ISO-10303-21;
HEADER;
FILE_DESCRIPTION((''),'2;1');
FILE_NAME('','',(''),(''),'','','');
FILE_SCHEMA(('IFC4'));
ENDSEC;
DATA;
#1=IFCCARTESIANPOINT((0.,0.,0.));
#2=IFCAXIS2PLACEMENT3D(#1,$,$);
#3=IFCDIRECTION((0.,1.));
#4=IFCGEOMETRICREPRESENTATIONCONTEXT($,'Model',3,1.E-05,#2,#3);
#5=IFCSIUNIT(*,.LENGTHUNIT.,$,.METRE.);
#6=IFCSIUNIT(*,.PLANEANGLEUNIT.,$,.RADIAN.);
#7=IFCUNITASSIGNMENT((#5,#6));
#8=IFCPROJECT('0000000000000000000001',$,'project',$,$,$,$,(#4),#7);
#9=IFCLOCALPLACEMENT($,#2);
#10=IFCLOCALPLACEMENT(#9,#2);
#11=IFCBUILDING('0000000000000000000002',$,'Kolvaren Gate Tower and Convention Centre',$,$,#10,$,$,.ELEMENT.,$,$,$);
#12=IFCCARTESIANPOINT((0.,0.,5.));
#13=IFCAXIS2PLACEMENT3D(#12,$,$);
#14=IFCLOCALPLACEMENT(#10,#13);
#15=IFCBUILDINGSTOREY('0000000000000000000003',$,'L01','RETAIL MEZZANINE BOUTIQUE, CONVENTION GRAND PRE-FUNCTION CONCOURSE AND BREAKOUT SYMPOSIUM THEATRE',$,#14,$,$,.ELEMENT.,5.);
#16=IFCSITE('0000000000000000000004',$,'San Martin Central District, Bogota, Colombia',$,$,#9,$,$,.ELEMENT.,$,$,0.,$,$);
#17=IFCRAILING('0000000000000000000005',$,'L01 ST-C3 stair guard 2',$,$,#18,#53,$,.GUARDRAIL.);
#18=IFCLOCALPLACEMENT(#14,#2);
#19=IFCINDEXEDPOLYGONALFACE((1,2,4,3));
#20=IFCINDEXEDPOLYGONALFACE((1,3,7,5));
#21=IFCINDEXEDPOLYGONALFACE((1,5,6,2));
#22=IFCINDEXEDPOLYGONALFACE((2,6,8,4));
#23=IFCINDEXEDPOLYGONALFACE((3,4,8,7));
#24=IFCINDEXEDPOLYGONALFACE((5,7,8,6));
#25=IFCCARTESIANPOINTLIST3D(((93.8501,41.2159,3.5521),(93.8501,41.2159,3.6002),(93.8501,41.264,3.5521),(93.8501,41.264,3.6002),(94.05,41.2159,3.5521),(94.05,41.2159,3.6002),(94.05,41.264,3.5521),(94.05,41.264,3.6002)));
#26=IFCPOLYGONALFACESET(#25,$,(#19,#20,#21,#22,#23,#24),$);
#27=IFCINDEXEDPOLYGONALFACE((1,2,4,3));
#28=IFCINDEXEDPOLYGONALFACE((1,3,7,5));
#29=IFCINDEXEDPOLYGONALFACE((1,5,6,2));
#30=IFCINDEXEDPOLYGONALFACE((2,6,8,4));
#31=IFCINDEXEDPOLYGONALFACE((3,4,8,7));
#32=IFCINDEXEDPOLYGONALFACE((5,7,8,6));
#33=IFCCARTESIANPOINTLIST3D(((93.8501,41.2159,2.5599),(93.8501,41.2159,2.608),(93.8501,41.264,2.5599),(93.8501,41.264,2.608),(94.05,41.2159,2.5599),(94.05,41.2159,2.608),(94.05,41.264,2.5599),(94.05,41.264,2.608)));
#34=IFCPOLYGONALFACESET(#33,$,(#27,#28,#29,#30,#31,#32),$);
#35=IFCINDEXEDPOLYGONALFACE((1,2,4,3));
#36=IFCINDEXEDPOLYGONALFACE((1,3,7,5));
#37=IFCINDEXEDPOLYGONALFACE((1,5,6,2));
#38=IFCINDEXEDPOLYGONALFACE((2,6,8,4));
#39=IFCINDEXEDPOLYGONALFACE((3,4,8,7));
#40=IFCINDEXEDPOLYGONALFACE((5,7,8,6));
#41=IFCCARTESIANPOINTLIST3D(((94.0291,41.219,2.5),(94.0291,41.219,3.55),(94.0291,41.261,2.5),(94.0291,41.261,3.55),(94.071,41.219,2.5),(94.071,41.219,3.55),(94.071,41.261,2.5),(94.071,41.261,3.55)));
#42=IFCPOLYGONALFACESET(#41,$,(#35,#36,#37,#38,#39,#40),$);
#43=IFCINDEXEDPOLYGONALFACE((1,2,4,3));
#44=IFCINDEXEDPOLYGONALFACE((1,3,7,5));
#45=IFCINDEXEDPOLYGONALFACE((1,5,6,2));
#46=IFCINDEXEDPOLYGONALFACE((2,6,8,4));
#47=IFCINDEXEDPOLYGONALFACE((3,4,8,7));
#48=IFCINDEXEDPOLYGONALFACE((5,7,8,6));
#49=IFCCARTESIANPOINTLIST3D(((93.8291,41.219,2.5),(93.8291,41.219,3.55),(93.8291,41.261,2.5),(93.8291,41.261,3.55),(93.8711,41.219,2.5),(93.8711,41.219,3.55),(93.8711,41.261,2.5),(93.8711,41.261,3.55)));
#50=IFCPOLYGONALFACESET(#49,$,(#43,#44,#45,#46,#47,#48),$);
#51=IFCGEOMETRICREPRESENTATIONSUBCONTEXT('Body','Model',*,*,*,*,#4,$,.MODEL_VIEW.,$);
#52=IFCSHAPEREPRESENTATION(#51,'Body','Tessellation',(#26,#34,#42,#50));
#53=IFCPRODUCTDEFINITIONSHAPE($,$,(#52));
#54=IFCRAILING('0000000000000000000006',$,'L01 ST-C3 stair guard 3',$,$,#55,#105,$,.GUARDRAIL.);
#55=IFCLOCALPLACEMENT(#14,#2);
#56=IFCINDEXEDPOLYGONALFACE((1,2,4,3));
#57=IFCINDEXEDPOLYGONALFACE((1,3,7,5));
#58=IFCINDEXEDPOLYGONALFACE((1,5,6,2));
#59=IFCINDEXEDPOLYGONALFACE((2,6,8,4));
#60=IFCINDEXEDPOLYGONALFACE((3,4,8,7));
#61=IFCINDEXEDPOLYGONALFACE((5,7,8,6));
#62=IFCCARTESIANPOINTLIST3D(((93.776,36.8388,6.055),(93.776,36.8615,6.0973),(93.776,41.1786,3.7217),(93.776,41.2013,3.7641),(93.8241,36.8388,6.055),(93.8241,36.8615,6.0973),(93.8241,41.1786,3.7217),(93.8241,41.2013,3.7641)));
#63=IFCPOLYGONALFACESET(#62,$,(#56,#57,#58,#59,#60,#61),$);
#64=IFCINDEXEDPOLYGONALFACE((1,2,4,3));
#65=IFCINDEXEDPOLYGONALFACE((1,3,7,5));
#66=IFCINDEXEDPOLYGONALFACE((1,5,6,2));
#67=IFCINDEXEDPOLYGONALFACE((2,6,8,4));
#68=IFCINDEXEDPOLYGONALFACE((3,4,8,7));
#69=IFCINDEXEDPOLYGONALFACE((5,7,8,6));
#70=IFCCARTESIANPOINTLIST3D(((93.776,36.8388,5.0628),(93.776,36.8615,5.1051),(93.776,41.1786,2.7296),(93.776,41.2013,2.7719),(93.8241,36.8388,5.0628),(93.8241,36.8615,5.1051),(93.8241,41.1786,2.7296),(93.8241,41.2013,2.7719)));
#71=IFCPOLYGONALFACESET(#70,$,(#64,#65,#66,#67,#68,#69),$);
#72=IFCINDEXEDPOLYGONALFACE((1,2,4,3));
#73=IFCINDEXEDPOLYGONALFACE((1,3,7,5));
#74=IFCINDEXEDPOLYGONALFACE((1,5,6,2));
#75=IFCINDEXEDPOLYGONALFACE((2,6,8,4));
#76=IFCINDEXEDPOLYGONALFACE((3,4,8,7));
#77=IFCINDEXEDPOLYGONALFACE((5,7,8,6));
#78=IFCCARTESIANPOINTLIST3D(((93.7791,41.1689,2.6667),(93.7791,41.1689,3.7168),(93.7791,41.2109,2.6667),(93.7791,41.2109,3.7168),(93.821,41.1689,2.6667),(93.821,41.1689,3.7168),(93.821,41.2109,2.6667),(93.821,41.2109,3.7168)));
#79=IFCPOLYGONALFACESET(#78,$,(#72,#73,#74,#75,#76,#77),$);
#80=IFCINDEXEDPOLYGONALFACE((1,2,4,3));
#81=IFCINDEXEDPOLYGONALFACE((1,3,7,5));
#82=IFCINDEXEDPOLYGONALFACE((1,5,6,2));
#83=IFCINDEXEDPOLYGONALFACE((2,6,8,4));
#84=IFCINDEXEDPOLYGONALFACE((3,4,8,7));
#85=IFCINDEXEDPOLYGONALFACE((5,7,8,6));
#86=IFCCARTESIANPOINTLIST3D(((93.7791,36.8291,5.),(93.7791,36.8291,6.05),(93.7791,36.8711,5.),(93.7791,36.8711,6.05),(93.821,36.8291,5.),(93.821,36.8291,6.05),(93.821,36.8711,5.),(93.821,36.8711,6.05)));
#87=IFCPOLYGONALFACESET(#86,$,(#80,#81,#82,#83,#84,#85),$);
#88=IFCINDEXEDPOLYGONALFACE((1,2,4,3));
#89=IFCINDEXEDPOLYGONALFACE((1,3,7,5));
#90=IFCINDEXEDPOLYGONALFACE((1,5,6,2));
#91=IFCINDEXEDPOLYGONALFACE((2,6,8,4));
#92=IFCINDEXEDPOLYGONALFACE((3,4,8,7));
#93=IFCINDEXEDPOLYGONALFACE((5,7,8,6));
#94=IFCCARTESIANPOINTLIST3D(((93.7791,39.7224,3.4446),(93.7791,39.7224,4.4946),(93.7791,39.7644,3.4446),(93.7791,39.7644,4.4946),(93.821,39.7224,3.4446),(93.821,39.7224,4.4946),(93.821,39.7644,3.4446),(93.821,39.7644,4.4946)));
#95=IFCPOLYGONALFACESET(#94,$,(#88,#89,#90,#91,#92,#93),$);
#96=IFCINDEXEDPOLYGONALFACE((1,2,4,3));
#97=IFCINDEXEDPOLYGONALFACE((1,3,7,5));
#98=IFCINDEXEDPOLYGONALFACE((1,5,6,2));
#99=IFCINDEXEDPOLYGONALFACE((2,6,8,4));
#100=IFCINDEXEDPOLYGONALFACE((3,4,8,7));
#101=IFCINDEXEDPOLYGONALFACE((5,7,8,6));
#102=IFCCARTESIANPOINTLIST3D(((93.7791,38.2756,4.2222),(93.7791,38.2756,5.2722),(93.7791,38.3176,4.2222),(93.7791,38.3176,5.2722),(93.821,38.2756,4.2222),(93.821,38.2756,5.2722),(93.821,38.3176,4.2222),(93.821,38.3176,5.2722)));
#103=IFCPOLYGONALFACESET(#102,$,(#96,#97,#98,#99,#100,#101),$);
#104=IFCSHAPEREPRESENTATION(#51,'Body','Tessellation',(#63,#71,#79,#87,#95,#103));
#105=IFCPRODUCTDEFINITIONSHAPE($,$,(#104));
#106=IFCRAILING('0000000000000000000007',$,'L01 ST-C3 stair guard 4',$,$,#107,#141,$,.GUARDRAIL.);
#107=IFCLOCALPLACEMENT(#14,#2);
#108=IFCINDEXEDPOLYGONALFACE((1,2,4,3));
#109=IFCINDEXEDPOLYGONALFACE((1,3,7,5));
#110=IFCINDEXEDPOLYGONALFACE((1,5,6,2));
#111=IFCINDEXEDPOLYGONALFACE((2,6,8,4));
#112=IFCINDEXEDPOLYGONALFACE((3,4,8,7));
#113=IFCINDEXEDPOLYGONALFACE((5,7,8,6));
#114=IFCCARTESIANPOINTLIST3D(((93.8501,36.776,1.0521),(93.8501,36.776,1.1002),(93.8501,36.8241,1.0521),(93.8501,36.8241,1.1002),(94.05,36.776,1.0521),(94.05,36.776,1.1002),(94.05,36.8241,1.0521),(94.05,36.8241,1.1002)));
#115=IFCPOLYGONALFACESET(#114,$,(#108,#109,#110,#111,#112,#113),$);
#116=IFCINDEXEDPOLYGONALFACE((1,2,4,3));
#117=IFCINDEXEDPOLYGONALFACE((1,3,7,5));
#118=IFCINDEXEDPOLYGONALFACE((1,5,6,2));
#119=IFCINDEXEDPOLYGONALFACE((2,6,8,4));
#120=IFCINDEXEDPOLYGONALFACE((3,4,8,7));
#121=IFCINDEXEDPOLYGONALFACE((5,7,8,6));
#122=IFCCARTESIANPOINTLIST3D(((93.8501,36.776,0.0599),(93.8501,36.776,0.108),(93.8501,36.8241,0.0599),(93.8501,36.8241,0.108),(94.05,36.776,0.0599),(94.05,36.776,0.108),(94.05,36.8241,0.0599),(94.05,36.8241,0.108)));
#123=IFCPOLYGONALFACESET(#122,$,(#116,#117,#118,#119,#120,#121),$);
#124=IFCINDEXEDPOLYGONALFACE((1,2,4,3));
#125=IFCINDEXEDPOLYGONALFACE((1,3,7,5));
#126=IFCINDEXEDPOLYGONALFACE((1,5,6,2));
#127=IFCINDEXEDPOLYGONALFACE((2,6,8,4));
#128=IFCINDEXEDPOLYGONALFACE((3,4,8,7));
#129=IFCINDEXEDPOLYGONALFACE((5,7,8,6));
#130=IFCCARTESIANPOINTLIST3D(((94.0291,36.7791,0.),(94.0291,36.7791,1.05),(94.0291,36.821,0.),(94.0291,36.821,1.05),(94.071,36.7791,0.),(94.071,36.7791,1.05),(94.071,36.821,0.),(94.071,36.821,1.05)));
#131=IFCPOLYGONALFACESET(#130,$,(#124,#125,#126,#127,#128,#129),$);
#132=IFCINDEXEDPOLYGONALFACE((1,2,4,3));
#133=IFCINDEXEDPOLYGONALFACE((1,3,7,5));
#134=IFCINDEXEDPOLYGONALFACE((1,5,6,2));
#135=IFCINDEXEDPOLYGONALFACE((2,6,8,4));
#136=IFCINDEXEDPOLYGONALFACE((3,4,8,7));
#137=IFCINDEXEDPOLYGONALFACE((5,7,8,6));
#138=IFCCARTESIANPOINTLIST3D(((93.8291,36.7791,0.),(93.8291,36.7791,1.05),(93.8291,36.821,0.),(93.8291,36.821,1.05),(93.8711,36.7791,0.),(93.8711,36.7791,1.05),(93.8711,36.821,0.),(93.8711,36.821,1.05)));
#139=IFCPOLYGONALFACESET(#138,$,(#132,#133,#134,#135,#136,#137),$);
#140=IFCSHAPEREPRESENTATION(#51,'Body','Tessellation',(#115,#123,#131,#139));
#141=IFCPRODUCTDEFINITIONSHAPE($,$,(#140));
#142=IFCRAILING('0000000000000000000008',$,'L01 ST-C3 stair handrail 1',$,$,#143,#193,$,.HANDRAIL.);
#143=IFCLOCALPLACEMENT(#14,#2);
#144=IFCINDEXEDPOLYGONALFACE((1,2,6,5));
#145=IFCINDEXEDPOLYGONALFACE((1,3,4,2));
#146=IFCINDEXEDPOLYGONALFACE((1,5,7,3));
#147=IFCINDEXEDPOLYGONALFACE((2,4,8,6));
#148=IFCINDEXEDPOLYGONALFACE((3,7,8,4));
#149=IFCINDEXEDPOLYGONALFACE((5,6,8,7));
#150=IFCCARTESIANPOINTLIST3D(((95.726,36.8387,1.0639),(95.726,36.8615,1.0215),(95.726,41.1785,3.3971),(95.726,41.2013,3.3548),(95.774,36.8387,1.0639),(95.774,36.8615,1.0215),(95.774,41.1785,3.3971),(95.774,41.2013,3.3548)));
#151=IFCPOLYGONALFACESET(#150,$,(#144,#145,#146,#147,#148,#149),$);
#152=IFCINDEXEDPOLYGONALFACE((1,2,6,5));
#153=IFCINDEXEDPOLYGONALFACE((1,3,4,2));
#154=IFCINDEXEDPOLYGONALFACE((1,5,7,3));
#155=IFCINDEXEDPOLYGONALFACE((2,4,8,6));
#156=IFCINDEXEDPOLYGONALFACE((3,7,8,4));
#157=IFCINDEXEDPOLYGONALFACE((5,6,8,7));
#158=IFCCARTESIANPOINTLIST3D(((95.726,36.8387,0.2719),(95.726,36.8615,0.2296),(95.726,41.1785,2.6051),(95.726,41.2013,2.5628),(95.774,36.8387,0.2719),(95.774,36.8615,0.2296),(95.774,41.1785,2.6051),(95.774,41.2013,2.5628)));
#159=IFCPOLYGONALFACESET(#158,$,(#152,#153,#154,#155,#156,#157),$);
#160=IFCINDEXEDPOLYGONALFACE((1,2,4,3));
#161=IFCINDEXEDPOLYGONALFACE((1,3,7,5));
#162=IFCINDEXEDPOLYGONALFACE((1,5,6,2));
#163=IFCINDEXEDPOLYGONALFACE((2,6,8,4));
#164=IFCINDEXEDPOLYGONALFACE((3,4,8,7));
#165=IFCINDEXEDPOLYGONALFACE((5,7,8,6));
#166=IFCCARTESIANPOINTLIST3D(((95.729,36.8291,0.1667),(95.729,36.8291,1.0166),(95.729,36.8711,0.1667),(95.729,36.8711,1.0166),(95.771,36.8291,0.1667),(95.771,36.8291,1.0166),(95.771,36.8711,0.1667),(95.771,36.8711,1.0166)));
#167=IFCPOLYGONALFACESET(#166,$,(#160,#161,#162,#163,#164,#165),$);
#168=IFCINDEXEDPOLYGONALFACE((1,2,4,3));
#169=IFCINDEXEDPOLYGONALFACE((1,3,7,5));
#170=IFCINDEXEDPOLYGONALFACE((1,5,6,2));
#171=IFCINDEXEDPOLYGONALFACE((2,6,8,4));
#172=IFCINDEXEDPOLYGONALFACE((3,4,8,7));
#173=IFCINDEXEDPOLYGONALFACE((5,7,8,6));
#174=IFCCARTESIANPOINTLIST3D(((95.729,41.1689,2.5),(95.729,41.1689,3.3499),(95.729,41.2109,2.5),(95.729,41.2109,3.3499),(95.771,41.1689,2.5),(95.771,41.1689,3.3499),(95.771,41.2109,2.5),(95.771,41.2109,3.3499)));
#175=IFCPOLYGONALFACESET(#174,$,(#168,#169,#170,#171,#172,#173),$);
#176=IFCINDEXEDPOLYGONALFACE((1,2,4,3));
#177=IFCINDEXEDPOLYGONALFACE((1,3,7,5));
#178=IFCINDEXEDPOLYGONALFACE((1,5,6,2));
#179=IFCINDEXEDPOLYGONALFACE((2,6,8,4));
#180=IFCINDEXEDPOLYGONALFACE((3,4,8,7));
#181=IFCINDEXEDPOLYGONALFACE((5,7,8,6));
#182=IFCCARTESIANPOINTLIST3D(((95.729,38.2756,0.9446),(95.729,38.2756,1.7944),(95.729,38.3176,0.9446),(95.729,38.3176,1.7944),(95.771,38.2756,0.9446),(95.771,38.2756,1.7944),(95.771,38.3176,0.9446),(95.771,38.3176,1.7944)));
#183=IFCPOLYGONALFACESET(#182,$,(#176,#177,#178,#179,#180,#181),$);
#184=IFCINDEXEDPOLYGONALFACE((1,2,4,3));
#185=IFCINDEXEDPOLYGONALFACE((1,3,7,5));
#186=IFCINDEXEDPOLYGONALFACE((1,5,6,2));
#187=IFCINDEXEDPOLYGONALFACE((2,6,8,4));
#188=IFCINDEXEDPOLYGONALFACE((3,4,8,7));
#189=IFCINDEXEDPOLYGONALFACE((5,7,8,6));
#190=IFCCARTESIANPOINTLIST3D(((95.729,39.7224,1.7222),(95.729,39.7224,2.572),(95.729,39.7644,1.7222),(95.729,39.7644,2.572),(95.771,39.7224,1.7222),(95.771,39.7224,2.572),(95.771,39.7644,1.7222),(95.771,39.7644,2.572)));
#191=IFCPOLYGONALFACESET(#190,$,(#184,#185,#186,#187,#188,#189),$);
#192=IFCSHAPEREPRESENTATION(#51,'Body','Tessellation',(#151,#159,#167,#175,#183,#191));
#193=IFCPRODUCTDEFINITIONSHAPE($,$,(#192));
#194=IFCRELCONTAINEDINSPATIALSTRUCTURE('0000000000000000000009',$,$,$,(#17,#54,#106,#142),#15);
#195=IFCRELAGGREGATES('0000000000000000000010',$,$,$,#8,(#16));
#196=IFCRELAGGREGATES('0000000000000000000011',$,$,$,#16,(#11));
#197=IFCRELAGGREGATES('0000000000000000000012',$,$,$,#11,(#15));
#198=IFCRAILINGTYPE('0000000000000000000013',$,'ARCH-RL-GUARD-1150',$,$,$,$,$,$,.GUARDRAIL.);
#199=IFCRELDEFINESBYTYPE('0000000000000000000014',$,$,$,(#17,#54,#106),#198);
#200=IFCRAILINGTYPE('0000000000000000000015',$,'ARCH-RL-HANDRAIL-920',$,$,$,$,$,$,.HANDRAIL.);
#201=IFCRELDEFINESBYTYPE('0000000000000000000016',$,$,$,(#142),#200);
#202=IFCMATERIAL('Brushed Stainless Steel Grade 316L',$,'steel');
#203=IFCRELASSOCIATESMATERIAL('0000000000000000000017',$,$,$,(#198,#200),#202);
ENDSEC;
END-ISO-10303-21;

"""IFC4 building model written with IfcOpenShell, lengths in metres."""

from ifc_helpers import new_model, si_unit, direction, frame, origin, origin_2d, place, context, subcontext, project, spatial, rectangle, extrude, material, type_object, element, save


model = new_model("IFC4")

# Units and contexts
model_context = context("Model", 3, precision=1e-05, world=origin(), true_north=direction((0.0, 1.0)))
body_context = subcontext(model_context, "Body", "Model", "MODEL_VIEW")
ifc_project = project(units=[si_unit("LENGTHUNIT", "METRE"), si_unit("PLANEANGLEUNIT", "RADIAN")], contexts=[model_context])

# Site, building, storey
site_placement = place(None, origin())
site = spatial("IfcSite", under=ifc_project, at=site_placement, Name="San Martin Central District, Bogota, Colombia", CompositionType="ELEMENT", RefElevation=0.0)
building_placement = place(site_placement, origin())
building = spatial("IfcBuilding", under=site, at=building_placement, Name="Kolvaren Gate Tower and Convention Centre", CompositionType="ELEMENT")
storey_placement = place(building_placement, frame((0.0, 0.0, 5.0)))
storey = spatial("IfcBuildingStorey", under=building, at=storey_placement, Name="L01", Description="RETAIL MEZZANINE BOUTIQUE, CONVENTION GRAND PRE-FUNCTION CONCOURSE AND BREAKOUT SYMPOSIUM THEATRE", CompositionType="ELEMENT", Elevation=5.0)

# Shared definitions
ifc_material_1 = material(Name="Brushed Stainless Steel Grade 316L", Category="steel")

# Railings
railing_type_1 = type_object("IfcRailingType", Name="ARCH-RL-GUARD-1150", PredefinedType="GUARDRAIL", material=ifc_material_1)
railing_1_placement = place(storey_placement, frame((94.05, 41.24, 2.5)))
element("IfcRailing", 1, at=railing_1_placement, inside=storey, type_object=railing_type_1, Name="L01 ST-C3 stair guard 2", PredefinedType="GUARDRAIL", context=body_context, shape_type="SweptSolid", body=[
    extrude(rectangle(XDim=0.0481, YDim=0.0481, at=origin_2d()), frame((0.0, 0.0, 1.0762), z_axis=(-1.0, 0.0, 0.0), x_axis=(0.0, -1.0, 0.0)), (0.0, 0.0, 1.0), 0.2),
    extrude(rectangle(XDim=0.0481, YDim=0.0481, at=origin_2d()), frame((0.0, 0.0, 0.084), z_axis=(-1.0, 0.0, 0.0), x_axis=(0.0, -1.0, 0.0)), (0.0, 0.0, 1.0), 0.2),
    extrude(rectangle(XDim=0.042, YDim=0.042, at=origin_2d()), origin(), (0.0, 0.0, 1.0), 1.05),
    extrude(rectangle(XDim=0.042, YDim=0.042, at=origin_2d()), frame((-0.2, 0.0, 0.0)), (0.0, 0.0, 1.0), 1.05),
])
railing_2_placement = place(storey_placement, frame((93.8, 41.1899, 2.6667)))
element("IfcRailing", 2, at=railing_2_placement, inside=storey, type_object=railing_type_1, Name="L01 ST-C3 stair guard 3", PredefinedType="GUARDRAIL", context=body_context, shape_type="SweptSolid", body=[
    extrude(rectangle(XDim=0.0481, YDim=0.0481, at=origin_2d()), frame((0.0, 0.0, 1.0762), z_axis=(0.0, -0.880775, 0.473535), x_axis=(1.0, 0.0, 0.0)), (0.0, 0.0, 1.0), 4.9272),
    extrude(rectangle(XDim=0.0481, YDim=0.0481, at=origin_2d()), frame((0.0, 0.0, 0.084), z_axis=(0.0, -0.880775, 0.473535), x_axis=(1.0, 0.0, 0.0)), (0.0, 0.0, 1.0), 4.9272),
    extrude(rectangle(XDim=0.042, YDim=0.042, at=origin_2d()), origin(), (0.0, 0.0, 1.0), 1.05),
    extrude(rectangle(XDim=0.042, YDim=0.042, at=origin_2d()), frame((0.0, -4.3398, 2.3333)), (0.0, 0.0, 1.0), 1.05),
    extrude(rectangle(XDim=0.042, YDim=0.042, at=origin_2d()), frame((0.0, -1.4465, 0.7778)), (0.0, 0.0, 1.0), 1.05),
    extrude(rectangle(XDim=0.042, YDim=0.042, at=origin_2d()), frame((0.0, -2.8933, 1.5554)), (0.0, 0.0, 1.0), 1.05),
])
railing_3_placement = place(storey_placement, frame((94.05, 36.8, 0.0)))
element("IfcRailing", 3, at=railing_3_placement, inside=storey, type_object=railing_type_1, Name="L01 ST-C3 stair guard 4", PredefinedType="GUARDRAIL", context=body_context, shape_type="SweptSolid", body=[
    extrude(rectangle(XDim=0.0481, YDim=0.0481, at=origin_2d()), frame((0.0, 0.0, 1.0762), z_axis=(-1.0, 0.0, 0.0), x_axis=(0.0, -1.0, 0.0)), (0.0, 0.0, 1.0), 0.2),
    extrude(rectangle(XDim=0.0481, YDim=0.0481, at=origin_2d()), frame((0.0, 0.0, 0.084), z_axis=(-1.0, 0.0, 0.0), x_axis=(0.0, -1.0, 0.0)), (0.0, 0.0, 1.0), 0.2),
    extrude(rectangle(XDim=0.042, YDim=0.042, at=origin_2d()), origin(), (0.0, 0.0, 1.0), 1.05),
    extrude(rectangle(XDim=0.042, YDim=0.042, at=origin_2d()), frame((-0.2, 0.0, 0.0)), (0.0, 0.0, 1.0), 1.05),
])
railing_type_2 = type_object("IfcRailingType", Name="ARCH-RL-HANDRAIL-920", PredefinedType="HANDRAIL", material=ifc_material_1)
railing_4_placement = place(storey_placement, frame((95.75, 36.8501, 0.1667)))
element("IfcRailing", 4, at=railing_4_placement, inside=storey, type_object=railing_type_2, Name="L01 ST-C3 stair handrail 1", PredefinedType="HANDRAIL", context=body_context, shape_type="SweptSolid", body=[
    extrude(rectangle(XDim=0.0481, YDim=0.0481, at=origin_2d()), frame((0.0, 0.0, 0.876), z_axis=(0.0, 0.880775, 0.473535), x_axis=(-1.0, 0.0, 0.0)), (0.0, 0.0, 1.0), 4.9272),
    extrude(rectangle(XDim=0.0481, YDim=0.0481, at=origin_2d()), frame((0.0, 0.0, 0.084), z_axis=(0.0, 0.880775, 0.473535), x_axis=(-1.0, 0.0, 0.0)), (0.0, 0.0, 1.0), 4.9272),
    extrude(rectangle(XDim=0.042, YDim=0.042, at=origin_2d()), origin(), (0.0, 0.0, 1.0), 0.8499),
    extrude(rectangle(XDim=0.042, YDim=0.042, at=origin_2d()), frame((0.0, 4.3398, 2.3333)), (0.0, 0.0, 1.0), 0.8499),
    extrude(rectangle(XDim=0.042, YDim=0.042, at=origin_2d()), frame((0.0, 1.4465, 0.7778)), (0.0, 0.0, 1.0), 0.8499),
    extrude(rectangle(XDim=0.042, YDim=0.042, at=origin_2d()), frame((0.0, 2.8933, 1.5554)), (0.0, 0.0, 1.0), 0.8499),
])

save(model, "model.ifc")
